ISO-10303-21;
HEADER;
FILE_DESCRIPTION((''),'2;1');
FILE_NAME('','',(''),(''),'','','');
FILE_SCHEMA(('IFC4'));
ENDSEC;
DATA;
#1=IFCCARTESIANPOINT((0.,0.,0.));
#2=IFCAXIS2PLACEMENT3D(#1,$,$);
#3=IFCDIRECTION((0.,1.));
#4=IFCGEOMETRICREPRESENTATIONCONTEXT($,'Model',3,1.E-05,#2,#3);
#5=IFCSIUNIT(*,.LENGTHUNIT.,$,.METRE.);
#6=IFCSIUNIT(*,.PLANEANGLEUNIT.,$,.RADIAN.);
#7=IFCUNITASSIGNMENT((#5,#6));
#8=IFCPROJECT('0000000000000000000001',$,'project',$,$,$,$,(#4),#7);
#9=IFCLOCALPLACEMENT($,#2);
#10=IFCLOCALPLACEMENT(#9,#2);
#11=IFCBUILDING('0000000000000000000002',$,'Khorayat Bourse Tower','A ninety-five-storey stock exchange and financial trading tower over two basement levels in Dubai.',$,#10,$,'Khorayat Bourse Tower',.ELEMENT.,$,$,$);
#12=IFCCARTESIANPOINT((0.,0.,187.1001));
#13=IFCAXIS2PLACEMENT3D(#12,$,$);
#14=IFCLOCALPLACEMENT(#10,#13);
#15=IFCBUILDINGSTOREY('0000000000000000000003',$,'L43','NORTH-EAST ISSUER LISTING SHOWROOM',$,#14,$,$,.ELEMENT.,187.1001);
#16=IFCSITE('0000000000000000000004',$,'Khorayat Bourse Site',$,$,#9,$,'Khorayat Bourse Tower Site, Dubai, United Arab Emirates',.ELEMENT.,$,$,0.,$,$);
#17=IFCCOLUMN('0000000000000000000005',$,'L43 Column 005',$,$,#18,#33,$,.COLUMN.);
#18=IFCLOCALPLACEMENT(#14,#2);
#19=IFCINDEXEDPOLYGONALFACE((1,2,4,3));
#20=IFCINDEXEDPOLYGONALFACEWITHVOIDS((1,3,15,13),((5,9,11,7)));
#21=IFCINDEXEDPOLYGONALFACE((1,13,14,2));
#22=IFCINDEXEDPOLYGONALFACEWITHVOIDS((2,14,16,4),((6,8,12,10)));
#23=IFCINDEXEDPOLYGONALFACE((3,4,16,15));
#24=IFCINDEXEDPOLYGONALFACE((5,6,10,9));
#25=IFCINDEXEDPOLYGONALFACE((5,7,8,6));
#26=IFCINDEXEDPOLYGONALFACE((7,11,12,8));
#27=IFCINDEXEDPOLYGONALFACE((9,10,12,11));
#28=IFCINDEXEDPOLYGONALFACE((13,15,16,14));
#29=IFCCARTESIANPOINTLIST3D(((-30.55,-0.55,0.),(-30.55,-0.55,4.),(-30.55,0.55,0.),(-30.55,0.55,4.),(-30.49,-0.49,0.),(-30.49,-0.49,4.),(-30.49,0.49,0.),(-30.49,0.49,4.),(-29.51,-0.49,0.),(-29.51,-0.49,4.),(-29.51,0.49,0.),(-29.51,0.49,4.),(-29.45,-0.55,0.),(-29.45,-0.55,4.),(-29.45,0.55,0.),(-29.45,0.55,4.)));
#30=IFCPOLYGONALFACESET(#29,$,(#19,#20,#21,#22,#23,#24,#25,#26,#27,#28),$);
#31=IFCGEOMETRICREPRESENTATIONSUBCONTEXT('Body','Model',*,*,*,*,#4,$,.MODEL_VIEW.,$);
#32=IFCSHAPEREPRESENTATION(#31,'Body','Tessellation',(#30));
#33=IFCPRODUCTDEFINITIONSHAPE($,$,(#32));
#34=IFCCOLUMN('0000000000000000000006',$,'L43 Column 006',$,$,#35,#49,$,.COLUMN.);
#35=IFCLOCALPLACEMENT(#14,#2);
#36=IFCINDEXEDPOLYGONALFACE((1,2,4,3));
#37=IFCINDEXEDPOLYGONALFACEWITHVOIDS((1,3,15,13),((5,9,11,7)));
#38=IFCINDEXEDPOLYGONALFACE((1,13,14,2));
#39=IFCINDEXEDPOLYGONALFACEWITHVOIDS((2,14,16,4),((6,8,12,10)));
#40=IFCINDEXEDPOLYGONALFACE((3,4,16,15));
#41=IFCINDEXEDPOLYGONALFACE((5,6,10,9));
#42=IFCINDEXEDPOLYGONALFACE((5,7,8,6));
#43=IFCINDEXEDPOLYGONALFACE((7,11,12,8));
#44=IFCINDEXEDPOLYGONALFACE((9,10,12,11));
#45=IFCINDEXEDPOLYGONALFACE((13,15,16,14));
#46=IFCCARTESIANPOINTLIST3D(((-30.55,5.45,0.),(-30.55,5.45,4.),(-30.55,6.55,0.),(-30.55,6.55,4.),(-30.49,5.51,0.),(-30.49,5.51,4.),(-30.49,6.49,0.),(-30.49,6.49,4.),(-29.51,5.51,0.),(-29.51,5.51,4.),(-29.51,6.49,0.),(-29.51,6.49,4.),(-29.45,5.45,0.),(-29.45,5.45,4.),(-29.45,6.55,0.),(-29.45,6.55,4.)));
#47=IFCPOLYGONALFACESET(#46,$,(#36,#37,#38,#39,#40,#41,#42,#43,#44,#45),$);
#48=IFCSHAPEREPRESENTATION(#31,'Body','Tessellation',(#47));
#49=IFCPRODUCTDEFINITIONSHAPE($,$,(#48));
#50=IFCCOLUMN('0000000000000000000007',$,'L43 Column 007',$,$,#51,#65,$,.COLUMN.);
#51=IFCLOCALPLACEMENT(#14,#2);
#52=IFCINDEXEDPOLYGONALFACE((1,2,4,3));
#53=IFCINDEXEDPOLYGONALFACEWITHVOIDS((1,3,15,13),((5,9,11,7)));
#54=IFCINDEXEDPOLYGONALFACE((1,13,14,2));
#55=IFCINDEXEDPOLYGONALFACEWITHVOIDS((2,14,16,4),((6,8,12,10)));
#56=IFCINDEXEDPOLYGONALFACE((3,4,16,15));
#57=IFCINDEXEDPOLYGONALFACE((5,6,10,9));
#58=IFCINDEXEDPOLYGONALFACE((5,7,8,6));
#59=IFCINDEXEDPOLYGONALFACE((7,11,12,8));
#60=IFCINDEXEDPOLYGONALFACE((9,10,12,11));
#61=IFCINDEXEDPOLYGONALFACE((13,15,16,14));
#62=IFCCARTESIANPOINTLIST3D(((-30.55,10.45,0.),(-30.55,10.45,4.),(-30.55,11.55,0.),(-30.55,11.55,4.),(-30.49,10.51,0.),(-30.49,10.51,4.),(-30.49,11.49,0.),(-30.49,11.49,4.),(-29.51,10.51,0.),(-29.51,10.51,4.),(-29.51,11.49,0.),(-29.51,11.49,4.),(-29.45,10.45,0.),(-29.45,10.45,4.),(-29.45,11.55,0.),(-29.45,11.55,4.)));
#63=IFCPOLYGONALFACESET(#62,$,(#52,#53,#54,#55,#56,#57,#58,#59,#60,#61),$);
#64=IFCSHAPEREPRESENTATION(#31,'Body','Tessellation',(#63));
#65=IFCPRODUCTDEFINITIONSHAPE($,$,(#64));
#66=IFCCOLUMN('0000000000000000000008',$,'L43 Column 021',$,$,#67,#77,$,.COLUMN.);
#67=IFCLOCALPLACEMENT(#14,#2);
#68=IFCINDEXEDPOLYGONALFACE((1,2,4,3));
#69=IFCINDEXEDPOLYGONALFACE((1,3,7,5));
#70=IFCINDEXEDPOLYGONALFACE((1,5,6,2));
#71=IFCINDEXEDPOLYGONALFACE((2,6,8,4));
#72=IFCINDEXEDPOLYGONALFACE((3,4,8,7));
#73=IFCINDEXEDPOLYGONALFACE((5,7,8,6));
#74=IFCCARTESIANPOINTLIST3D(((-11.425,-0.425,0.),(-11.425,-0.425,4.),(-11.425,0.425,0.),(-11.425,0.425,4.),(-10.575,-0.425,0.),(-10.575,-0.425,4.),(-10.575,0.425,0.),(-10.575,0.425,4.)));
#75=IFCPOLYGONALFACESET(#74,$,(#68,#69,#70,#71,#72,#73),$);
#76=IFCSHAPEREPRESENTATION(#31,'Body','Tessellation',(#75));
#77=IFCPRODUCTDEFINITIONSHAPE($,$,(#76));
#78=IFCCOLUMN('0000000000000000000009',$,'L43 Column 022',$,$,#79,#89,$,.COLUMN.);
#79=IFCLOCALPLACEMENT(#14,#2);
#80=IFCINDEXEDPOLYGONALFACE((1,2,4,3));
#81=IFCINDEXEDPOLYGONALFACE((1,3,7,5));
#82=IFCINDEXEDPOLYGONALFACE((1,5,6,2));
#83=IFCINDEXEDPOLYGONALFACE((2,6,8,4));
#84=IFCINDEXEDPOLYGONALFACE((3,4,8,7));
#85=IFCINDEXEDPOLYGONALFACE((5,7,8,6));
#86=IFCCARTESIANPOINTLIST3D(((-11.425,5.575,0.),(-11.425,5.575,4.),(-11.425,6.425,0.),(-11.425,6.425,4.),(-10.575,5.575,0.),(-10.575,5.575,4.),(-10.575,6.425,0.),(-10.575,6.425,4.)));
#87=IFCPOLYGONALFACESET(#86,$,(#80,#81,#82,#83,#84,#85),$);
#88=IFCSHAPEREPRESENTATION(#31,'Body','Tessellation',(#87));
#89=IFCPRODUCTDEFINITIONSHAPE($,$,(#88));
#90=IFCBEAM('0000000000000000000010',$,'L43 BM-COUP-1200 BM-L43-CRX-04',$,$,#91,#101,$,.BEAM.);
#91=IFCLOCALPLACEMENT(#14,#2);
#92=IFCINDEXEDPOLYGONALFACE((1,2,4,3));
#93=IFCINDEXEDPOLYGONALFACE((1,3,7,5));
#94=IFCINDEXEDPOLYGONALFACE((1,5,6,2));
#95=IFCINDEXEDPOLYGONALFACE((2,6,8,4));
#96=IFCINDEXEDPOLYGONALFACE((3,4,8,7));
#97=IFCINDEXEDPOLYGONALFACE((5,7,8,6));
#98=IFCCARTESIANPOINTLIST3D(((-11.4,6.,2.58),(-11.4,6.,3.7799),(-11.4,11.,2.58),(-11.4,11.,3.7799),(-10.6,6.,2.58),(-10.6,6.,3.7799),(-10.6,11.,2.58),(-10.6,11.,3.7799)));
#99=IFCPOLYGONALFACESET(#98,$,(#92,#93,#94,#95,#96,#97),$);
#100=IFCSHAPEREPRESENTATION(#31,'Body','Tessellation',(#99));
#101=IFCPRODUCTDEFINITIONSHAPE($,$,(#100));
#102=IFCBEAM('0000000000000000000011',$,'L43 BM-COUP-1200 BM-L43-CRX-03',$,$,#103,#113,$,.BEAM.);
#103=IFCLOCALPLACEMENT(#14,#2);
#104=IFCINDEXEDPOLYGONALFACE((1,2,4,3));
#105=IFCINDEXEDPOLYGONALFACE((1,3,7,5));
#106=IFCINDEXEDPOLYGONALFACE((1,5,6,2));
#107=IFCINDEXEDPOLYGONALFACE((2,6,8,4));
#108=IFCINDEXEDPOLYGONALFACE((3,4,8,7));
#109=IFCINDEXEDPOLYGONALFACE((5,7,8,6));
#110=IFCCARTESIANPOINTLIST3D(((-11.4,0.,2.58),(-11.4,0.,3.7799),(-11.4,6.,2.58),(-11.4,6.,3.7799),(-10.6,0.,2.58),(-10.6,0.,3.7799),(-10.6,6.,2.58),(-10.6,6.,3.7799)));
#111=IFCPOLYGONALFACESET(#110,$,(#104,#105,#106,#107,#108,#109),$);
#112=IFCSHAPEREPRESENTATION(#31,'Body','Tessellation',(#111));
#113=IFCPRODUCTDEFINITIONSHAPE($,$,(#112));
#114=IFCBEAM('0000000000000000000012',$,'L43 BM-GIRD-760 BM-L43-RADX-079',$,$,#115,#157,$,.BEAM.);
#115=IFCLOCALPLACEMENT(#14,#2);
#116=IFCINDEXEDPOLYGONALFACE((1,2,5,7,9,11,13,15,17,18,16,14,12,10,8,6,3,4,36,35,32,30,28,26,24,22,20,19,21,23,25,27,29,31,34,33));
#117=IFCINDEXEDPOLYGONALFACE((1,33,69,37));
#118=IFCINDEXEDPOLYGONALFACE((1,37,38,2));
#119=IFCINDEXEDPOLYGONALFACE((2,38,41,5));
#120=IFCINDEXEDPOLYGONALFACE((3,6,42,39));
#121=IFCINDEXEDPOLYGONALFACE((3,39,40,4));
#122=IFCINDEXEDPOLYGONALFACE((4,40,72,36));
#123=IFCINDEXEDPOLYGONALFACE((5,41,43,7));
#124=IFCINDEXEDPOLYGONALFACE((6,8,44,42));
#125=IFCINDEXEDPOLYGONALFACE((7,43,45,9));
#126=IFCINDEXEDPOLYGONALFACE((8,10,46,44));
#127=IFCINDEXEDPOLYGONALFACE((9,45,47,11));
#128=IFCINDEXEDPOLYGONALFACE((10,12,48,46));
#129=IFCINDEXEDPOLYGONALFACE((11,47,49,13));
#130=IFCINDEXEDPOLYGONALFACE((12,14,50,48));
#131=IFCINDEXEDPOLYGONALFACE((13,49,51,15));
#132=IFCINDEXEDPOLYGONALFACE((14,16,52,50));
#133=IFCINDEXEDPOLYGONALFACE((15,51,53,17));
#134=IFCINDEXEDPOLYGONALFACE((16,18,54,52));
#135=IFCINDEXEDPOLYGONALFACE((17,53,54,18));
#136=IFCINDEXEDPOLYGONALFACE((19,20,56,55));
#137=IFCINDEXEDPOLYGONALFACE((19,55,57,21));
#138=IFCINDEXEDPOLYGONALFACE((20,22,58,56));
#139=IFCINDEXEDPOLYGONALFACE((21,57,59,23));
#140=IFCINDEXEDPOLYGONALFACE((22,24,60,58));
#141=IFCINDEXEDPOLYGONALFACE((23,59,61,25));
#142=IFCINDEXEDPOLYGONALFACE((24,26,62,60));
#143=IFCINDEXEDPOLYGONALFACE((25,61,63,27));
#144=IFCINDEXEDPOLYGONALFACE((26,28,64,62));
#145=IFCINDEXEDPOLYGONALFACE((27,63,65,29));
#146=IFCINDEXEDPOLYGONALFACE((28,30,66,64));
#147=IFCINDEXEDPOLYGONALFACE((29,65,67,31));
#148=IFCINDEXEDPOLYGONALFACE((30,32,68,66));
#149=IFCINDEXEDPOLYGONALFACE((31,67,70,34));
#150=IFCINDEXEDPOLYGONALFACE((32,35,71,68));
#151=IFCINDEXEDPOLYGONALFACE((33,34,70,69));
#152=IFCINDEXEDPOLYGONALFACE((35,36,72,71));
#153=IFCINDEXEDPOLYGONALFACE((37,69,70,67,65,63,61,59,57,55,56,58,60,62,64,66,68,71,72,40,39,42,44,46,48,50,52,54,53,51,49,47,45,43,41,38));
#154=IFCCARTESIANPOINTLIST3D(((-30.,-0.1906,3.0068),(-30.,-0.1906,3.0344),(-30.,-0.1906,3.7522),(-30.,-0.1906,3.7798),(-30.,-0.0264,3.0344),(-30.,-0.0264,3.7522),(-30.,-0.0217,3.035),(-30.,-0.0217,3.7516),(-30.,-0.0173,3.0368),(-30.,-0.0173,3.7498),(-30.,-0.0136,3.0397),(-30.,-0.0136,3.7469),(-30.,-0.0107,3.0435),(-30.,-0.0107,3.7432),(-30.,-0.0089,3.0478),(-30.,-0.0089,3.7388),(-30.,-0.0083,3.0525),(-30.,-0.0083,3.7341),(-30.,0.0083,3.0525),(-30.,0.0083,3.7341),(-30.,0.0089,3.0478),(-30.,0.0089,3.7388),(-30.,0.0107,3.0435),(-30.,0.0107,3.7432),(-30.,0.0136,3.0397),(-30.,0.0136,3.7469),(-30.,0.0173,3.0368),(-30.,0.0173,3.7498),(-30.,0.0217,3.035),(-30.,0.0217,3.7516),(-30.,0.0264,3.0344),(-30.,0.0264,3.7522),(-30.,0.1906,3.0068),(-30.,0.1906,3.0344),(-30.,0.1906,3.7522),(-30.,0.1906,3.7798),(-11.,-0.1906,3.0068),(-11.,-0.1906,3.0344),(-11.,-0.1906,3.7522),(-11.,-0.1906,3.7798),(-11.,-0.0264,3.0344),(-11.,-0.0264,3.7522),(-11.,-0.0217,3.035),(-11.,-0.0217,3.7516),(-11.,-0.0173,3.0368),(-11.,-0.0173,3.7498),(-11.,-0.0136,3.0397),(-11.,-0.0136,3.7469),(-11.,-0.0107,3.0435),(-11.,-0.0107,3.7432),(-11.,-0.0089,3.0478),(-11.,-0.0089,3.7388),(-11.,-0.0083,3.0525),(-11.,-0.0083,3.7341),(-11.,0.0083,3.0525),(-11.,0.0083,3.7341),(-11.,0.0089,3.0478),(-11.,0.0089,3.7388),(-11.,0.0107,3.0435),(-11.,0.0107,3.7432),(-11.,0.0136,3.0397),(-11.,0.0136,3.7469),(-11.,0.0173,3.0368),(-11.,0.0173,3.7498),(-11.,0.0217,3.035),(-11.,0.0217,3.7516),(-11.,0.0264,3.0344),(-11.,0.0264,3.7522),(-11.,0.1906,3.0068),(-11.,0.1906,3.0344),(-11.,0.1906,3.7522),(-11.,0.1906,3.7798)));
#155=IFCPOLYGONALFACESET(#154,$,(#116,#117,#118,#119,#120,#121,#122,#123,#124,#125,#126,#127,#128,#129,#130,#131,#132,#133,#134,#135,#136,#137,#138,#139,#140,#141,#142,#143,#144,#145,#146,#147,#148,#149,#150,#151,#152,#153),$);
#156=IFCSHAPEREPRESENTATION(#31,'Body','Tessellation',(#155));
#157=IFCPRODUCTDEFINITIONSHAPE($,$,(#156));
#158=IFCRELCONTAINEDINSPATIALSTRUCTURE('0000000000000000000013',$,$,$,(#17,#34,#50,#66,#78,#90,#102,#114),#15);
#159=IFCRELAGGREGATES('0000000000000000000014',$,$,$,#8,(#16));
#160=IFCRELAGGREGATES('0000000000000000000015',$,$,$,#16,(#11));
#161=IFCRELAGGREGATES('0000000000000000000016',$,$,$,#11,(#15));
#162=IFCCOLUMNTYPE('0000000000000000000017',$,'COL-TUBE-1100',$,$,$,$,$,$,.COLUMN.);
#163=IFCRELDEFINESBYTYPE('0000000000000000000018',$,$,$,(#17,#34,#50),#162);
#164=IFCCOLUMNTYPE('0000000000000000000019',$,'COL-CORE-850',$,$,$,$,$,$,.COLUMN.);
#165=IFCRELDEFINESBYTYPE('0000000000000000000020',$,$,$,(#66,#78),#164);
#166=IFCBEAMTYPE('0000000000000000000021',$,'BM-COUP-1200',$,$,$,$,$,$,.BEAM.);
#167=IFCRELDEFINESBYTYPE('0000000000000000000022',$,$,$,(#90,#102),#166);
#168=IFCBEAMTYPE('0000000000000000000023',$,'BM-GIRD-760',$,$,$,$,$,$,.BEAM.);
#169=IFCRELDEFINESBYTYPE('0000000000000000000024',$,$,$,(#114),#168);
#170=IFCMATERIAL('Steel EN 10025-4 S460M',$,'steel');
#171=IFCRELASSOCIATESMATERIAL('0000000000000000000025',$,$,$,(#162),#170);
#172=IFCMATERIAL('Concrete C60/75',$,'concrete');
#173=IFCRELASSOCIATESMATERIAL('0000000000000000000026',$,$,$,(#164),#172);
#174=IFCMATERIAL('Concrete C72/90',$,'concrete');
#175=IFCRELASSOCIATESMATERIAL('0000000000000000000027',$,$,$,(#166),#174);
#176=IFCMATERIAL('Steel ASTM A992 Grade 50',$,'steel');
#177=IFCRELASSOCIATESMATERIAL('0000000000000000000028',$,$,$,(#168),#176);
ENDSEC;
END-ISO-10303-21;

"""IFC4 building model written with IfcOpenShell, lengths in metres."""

from ifc_helpers import new_model, si_unit, direction, frame, origin, origin_2d, place, context, subcontext, project, spatial, rectangle, hollow_rectangle, i_section, extrude, source, transform, mapped, material, material_profile, profile_set, type_object, element, save


model = new_model("IFC4")

# Units and contexts
model_context = context("Model", 3, precision=1e-05, world=origin(), true_north=direction((0.0, 1.0)))
body_context = subcontext(model_context, "Body", "Model", "MODEL_VIEW")
ifc_project = project(units=[si_unit("LENGTHUNIT", "METRE"), si_unit("PLANEANGLEUNIT", "RADIAN")], contexts=[model_context])

# Site, building, storey
site_placement = place(None, origin())
site = spatial("IfcSite", under=ifc_project, at=site_placement, Name="Khorayat Bourse Site", LongName="Khorayat Bourse Tower Site, Dubai, United Arab Emirates", CompositionType="ELEMENT", RefElevation=0.0)
building_placement = place(site_placement, origin())
building = spatial("IfcBuilding", under=site, at=building_placement, Name="Khorayat Bourse Tower", Description="A ninety-five-storey stock exchange and financial trading tower over two basement levels in Dubai.", LongName="Khorayat Bourse Tower", CompositionType="ELEMENT")
storey_placement = place(building_placement, frame((0.0, 0.0, 187.1001)))
storey = spatial("IfcBuildingStorey", under=building, at=storey_placement, Name="L43", Description="NORTH-EAST ISSUER LISTING SHOWROOM", CompositionType="ELEMENT", Elevation=187.1001)

# Columns
ifc_material_1 = material(Name="Steel EN 10025-4 S460M", Category="steel")
ifc_material_profile_1 = material_profile(ifc_material_1, hollow_rectangle(XDim=1.1001, YDim=1.1001, WallThickness=0.0601, at=origin_2d()), Name="BOX 1100x1100x60")
ifc_profile_set_1 = profile_set([ifc_material_profile_1], Name="Steel EN 10025-4 S460M")
column_type_1 = type_object("IfcColumnType", Name="COL-TUBE-1100", PredefinedType="COLUMN", material=ifc_profile_set_1)
shared_shape_1 = source(origin(), body_context, "Body", "SweptSolid", [
    extrude(hollow_rectangle(XDim=1.1001, YDim=1.1001, WallThickness=0.0601, at=origin_2d()), origin(), (0.0, 0.0, 1.0), 4.0),
])
for number, where, z_axis, x_axis, name in (
    (1, (-30.0, 0.0, 0.0), (0.0, 0.0, 1.0), (1.0, 0.0, 0.0), "L43 Column 005"),
    (2, (-30.0, 6.0, 0.0), (0.0, 0.0, 1.0), (1.0, 0.0, 0.0), "L43 Column 006"),
    (3, (-30.0, 11.0, 0.0), (0.0, 0.0, 1.0), (1.0, 0.0, 0.0), "L43 Column 007"),
):
    element("IfcColumn", number, at=place(storey_placement, frame(where, z_axis=z_axis, x_axis=x_axis)), inside=storey, type_object=column_type_1, Name=name, PredefinedType="COLUMN", context=body_context, shape_type="MappedRepresentation", body=[
        mapped(shared_shape_1, transform((0.0, 0.0, 0.0), scale=1.0)),
    ])
ifc_material_2 = material(Name="Concrete C60/75", Category="concrete")
ifc_material_profile_2 = material_profile(ifc_material_2, rectangle(XDim=0.8501, YDim=0.8501, at=origin_2d()), Name="RC 850x850")
ifc_profile_set_2 = profile_set([ifc_material_profile_2], Name="Concrete C60/75")
column_type_2 = type_object("IfcColumnType", Name="COL-CORE-850", PredefinedType="COLUMN", material=ifc_profile_set_2)
shared_shape_2 = source(origin(), body_context, "Body", "SweptSolid", [
    extrude(rectangle(XDim=0.8501, YDim=0.8501, at=origin_2d()), origin(), (0.0, 0.0, 1.0), 4.0),
])
for number, where, z_axis, x_axis, name in (
    (4, (-11.0, 0.0, 0.0), (0.0, 0.0, 1.0), (1.0, 0.0, 0.0), "L43 Column 021"),
    (5, (-11.0, 6.0, 0.0), (0.0, 0.0, 1.0), (1.0, 0.0, 0.0), "L43 Column 022"),
):
    element("IfcColumn", number, at=place(storey_placement, frame(where, z_axis=z_axis, x_axis=x_axis)), inside=storey, type_object=column_type_2, Name=name, PredefinedType="COLUMN", context=body_context, shape_type="MappedRepresentation", body=[
        mapped(shared_shape_2, transform((0.0, 0.0, 0.0), scale=1.0)),
    ])

# Beams
ifc_material_3 = material(Name="Concrete C72/90", Category="concrete")
ifc_material_profile_3 = material_profile(ifc_material_3, rectangle(XDim=0.8, YDim=1.2, at=origin_2d()), Name="RC 800x1200")
ifc_profile_set_3 = profile_set([ifc_material_profile_3], Name="Concrete C72/90")
beam_type_1 = type_object("IfcBeamType", Name="BM-COUP-1200", PredefinedType="BEAM", material=ifc_profile_set_3)
shared_shape_3 = source(origin(), body_context, "Body", "SweptSolid", [
    extrude(rectangle(XDim=0.8, YDim=1.2, at=origin_2d()), origin(), (0.0, 0.0, 1.0), 5.0),
])
beam_1_placement = place(storey_placement, frame((-11.0, 6.0, 3.1799), z_axis=(0.0, 1.0, 0.0), x_axis=(-1.0, 0.0, 0.0)))
element("IfcBeam", 6, at=beam_1_placement, inside=storey, type_object=beam_type_1, Name="L43 BM-COUP-1200 BM-L43-CRX-04", PredefinedType="BEAM", context=body_context, shape_type="MappedRepresentation", body=[
    mapped(shared_shape_3, transform((0.0, 0.0, 0.0), scale=1.0)),
])
shared_shape_4 = source(origin(), body_context, "Body", "SweptSolid", [
    extrude(rectangle(XDim=0.8, YDim=1.2, at=origin_2d()), origin(), (0.0, 0.0, 1.0), 6.0),
])
beam_2_placement = place(storey_placement, frame((-11.0, 0.0, 3.1799), z_axis=(0.0, 1.0, 0.0), x_axis=(-1.0, 0.0, 0.0)))
element("IfcBeam", 7, at=beam_2_placement, inside=storey, type_object=beam_type_1, Name="L43 BM-COUP-1200 BM-L43-CRX-03", PredefinedType="BEAM", context=body_context, shape_type="MappedRepresentation", body=[
    mapped(shared_shape_4, transform((0.0, 0.0, 0.0), scale=1.0)),
])
ifc_material_4 = material(Name="Steel ASTM A992 Grade 50", Category="steel")
ifc_material_profile_4 = material_profile(ifc_material_4, i_section(OverallWidth=0.3811, OverallDepth=0.7729, WebThickness=0.0166, FlangeThickness=0.0276, FilletRadius=0.0181, at=origin_2d()), Name="W760X257")
ifc_profile_set_4 = profile_set([ifc_material_profile_4], Name="Steel ASTM A992 Grade 50")
beam_type_2 = type_object("IfcBeamType", Name="BM-GIRD-760", PredefinedType="BEAM", material=ifc_profile_set_4)
shared_shape_5 = source(origin(), body_context, "Body", "SweptSolid", [
    extrude(i_section(OverallWidth=0.3811, OverallDepth=0.7729, WebThickness=0.0166, FlangeThickness=0.0276, FilletRadius=0.0181, at=origin_2d()), origin(), (0.0, 0.0, 1.0), 19.0),
])
for number, where, z_axis, x_axis, name in (
    (8, (-30.0, 0.0, 3.3933), (1.0, 0.0, 0.0), (0.0, 1.0, 0.0), "L43 BM-GIRD-760 BM-L43-RADX-079"),
):
    element("IfcBeam", number, at=place(storey_placement, frame(where, z_axis=z_axis, x_axis=x_axis)), inside=storey, type_object=beam_type_2, Name=name, PredefinedType="BEAM", context=body_context, shape_type="MappedRepresentation", body=[
        mapped(shared_shape_5, transform((0.0, 0.0, 0.0), scale=1.0)),
    ])

save(model, "model.ifc")
